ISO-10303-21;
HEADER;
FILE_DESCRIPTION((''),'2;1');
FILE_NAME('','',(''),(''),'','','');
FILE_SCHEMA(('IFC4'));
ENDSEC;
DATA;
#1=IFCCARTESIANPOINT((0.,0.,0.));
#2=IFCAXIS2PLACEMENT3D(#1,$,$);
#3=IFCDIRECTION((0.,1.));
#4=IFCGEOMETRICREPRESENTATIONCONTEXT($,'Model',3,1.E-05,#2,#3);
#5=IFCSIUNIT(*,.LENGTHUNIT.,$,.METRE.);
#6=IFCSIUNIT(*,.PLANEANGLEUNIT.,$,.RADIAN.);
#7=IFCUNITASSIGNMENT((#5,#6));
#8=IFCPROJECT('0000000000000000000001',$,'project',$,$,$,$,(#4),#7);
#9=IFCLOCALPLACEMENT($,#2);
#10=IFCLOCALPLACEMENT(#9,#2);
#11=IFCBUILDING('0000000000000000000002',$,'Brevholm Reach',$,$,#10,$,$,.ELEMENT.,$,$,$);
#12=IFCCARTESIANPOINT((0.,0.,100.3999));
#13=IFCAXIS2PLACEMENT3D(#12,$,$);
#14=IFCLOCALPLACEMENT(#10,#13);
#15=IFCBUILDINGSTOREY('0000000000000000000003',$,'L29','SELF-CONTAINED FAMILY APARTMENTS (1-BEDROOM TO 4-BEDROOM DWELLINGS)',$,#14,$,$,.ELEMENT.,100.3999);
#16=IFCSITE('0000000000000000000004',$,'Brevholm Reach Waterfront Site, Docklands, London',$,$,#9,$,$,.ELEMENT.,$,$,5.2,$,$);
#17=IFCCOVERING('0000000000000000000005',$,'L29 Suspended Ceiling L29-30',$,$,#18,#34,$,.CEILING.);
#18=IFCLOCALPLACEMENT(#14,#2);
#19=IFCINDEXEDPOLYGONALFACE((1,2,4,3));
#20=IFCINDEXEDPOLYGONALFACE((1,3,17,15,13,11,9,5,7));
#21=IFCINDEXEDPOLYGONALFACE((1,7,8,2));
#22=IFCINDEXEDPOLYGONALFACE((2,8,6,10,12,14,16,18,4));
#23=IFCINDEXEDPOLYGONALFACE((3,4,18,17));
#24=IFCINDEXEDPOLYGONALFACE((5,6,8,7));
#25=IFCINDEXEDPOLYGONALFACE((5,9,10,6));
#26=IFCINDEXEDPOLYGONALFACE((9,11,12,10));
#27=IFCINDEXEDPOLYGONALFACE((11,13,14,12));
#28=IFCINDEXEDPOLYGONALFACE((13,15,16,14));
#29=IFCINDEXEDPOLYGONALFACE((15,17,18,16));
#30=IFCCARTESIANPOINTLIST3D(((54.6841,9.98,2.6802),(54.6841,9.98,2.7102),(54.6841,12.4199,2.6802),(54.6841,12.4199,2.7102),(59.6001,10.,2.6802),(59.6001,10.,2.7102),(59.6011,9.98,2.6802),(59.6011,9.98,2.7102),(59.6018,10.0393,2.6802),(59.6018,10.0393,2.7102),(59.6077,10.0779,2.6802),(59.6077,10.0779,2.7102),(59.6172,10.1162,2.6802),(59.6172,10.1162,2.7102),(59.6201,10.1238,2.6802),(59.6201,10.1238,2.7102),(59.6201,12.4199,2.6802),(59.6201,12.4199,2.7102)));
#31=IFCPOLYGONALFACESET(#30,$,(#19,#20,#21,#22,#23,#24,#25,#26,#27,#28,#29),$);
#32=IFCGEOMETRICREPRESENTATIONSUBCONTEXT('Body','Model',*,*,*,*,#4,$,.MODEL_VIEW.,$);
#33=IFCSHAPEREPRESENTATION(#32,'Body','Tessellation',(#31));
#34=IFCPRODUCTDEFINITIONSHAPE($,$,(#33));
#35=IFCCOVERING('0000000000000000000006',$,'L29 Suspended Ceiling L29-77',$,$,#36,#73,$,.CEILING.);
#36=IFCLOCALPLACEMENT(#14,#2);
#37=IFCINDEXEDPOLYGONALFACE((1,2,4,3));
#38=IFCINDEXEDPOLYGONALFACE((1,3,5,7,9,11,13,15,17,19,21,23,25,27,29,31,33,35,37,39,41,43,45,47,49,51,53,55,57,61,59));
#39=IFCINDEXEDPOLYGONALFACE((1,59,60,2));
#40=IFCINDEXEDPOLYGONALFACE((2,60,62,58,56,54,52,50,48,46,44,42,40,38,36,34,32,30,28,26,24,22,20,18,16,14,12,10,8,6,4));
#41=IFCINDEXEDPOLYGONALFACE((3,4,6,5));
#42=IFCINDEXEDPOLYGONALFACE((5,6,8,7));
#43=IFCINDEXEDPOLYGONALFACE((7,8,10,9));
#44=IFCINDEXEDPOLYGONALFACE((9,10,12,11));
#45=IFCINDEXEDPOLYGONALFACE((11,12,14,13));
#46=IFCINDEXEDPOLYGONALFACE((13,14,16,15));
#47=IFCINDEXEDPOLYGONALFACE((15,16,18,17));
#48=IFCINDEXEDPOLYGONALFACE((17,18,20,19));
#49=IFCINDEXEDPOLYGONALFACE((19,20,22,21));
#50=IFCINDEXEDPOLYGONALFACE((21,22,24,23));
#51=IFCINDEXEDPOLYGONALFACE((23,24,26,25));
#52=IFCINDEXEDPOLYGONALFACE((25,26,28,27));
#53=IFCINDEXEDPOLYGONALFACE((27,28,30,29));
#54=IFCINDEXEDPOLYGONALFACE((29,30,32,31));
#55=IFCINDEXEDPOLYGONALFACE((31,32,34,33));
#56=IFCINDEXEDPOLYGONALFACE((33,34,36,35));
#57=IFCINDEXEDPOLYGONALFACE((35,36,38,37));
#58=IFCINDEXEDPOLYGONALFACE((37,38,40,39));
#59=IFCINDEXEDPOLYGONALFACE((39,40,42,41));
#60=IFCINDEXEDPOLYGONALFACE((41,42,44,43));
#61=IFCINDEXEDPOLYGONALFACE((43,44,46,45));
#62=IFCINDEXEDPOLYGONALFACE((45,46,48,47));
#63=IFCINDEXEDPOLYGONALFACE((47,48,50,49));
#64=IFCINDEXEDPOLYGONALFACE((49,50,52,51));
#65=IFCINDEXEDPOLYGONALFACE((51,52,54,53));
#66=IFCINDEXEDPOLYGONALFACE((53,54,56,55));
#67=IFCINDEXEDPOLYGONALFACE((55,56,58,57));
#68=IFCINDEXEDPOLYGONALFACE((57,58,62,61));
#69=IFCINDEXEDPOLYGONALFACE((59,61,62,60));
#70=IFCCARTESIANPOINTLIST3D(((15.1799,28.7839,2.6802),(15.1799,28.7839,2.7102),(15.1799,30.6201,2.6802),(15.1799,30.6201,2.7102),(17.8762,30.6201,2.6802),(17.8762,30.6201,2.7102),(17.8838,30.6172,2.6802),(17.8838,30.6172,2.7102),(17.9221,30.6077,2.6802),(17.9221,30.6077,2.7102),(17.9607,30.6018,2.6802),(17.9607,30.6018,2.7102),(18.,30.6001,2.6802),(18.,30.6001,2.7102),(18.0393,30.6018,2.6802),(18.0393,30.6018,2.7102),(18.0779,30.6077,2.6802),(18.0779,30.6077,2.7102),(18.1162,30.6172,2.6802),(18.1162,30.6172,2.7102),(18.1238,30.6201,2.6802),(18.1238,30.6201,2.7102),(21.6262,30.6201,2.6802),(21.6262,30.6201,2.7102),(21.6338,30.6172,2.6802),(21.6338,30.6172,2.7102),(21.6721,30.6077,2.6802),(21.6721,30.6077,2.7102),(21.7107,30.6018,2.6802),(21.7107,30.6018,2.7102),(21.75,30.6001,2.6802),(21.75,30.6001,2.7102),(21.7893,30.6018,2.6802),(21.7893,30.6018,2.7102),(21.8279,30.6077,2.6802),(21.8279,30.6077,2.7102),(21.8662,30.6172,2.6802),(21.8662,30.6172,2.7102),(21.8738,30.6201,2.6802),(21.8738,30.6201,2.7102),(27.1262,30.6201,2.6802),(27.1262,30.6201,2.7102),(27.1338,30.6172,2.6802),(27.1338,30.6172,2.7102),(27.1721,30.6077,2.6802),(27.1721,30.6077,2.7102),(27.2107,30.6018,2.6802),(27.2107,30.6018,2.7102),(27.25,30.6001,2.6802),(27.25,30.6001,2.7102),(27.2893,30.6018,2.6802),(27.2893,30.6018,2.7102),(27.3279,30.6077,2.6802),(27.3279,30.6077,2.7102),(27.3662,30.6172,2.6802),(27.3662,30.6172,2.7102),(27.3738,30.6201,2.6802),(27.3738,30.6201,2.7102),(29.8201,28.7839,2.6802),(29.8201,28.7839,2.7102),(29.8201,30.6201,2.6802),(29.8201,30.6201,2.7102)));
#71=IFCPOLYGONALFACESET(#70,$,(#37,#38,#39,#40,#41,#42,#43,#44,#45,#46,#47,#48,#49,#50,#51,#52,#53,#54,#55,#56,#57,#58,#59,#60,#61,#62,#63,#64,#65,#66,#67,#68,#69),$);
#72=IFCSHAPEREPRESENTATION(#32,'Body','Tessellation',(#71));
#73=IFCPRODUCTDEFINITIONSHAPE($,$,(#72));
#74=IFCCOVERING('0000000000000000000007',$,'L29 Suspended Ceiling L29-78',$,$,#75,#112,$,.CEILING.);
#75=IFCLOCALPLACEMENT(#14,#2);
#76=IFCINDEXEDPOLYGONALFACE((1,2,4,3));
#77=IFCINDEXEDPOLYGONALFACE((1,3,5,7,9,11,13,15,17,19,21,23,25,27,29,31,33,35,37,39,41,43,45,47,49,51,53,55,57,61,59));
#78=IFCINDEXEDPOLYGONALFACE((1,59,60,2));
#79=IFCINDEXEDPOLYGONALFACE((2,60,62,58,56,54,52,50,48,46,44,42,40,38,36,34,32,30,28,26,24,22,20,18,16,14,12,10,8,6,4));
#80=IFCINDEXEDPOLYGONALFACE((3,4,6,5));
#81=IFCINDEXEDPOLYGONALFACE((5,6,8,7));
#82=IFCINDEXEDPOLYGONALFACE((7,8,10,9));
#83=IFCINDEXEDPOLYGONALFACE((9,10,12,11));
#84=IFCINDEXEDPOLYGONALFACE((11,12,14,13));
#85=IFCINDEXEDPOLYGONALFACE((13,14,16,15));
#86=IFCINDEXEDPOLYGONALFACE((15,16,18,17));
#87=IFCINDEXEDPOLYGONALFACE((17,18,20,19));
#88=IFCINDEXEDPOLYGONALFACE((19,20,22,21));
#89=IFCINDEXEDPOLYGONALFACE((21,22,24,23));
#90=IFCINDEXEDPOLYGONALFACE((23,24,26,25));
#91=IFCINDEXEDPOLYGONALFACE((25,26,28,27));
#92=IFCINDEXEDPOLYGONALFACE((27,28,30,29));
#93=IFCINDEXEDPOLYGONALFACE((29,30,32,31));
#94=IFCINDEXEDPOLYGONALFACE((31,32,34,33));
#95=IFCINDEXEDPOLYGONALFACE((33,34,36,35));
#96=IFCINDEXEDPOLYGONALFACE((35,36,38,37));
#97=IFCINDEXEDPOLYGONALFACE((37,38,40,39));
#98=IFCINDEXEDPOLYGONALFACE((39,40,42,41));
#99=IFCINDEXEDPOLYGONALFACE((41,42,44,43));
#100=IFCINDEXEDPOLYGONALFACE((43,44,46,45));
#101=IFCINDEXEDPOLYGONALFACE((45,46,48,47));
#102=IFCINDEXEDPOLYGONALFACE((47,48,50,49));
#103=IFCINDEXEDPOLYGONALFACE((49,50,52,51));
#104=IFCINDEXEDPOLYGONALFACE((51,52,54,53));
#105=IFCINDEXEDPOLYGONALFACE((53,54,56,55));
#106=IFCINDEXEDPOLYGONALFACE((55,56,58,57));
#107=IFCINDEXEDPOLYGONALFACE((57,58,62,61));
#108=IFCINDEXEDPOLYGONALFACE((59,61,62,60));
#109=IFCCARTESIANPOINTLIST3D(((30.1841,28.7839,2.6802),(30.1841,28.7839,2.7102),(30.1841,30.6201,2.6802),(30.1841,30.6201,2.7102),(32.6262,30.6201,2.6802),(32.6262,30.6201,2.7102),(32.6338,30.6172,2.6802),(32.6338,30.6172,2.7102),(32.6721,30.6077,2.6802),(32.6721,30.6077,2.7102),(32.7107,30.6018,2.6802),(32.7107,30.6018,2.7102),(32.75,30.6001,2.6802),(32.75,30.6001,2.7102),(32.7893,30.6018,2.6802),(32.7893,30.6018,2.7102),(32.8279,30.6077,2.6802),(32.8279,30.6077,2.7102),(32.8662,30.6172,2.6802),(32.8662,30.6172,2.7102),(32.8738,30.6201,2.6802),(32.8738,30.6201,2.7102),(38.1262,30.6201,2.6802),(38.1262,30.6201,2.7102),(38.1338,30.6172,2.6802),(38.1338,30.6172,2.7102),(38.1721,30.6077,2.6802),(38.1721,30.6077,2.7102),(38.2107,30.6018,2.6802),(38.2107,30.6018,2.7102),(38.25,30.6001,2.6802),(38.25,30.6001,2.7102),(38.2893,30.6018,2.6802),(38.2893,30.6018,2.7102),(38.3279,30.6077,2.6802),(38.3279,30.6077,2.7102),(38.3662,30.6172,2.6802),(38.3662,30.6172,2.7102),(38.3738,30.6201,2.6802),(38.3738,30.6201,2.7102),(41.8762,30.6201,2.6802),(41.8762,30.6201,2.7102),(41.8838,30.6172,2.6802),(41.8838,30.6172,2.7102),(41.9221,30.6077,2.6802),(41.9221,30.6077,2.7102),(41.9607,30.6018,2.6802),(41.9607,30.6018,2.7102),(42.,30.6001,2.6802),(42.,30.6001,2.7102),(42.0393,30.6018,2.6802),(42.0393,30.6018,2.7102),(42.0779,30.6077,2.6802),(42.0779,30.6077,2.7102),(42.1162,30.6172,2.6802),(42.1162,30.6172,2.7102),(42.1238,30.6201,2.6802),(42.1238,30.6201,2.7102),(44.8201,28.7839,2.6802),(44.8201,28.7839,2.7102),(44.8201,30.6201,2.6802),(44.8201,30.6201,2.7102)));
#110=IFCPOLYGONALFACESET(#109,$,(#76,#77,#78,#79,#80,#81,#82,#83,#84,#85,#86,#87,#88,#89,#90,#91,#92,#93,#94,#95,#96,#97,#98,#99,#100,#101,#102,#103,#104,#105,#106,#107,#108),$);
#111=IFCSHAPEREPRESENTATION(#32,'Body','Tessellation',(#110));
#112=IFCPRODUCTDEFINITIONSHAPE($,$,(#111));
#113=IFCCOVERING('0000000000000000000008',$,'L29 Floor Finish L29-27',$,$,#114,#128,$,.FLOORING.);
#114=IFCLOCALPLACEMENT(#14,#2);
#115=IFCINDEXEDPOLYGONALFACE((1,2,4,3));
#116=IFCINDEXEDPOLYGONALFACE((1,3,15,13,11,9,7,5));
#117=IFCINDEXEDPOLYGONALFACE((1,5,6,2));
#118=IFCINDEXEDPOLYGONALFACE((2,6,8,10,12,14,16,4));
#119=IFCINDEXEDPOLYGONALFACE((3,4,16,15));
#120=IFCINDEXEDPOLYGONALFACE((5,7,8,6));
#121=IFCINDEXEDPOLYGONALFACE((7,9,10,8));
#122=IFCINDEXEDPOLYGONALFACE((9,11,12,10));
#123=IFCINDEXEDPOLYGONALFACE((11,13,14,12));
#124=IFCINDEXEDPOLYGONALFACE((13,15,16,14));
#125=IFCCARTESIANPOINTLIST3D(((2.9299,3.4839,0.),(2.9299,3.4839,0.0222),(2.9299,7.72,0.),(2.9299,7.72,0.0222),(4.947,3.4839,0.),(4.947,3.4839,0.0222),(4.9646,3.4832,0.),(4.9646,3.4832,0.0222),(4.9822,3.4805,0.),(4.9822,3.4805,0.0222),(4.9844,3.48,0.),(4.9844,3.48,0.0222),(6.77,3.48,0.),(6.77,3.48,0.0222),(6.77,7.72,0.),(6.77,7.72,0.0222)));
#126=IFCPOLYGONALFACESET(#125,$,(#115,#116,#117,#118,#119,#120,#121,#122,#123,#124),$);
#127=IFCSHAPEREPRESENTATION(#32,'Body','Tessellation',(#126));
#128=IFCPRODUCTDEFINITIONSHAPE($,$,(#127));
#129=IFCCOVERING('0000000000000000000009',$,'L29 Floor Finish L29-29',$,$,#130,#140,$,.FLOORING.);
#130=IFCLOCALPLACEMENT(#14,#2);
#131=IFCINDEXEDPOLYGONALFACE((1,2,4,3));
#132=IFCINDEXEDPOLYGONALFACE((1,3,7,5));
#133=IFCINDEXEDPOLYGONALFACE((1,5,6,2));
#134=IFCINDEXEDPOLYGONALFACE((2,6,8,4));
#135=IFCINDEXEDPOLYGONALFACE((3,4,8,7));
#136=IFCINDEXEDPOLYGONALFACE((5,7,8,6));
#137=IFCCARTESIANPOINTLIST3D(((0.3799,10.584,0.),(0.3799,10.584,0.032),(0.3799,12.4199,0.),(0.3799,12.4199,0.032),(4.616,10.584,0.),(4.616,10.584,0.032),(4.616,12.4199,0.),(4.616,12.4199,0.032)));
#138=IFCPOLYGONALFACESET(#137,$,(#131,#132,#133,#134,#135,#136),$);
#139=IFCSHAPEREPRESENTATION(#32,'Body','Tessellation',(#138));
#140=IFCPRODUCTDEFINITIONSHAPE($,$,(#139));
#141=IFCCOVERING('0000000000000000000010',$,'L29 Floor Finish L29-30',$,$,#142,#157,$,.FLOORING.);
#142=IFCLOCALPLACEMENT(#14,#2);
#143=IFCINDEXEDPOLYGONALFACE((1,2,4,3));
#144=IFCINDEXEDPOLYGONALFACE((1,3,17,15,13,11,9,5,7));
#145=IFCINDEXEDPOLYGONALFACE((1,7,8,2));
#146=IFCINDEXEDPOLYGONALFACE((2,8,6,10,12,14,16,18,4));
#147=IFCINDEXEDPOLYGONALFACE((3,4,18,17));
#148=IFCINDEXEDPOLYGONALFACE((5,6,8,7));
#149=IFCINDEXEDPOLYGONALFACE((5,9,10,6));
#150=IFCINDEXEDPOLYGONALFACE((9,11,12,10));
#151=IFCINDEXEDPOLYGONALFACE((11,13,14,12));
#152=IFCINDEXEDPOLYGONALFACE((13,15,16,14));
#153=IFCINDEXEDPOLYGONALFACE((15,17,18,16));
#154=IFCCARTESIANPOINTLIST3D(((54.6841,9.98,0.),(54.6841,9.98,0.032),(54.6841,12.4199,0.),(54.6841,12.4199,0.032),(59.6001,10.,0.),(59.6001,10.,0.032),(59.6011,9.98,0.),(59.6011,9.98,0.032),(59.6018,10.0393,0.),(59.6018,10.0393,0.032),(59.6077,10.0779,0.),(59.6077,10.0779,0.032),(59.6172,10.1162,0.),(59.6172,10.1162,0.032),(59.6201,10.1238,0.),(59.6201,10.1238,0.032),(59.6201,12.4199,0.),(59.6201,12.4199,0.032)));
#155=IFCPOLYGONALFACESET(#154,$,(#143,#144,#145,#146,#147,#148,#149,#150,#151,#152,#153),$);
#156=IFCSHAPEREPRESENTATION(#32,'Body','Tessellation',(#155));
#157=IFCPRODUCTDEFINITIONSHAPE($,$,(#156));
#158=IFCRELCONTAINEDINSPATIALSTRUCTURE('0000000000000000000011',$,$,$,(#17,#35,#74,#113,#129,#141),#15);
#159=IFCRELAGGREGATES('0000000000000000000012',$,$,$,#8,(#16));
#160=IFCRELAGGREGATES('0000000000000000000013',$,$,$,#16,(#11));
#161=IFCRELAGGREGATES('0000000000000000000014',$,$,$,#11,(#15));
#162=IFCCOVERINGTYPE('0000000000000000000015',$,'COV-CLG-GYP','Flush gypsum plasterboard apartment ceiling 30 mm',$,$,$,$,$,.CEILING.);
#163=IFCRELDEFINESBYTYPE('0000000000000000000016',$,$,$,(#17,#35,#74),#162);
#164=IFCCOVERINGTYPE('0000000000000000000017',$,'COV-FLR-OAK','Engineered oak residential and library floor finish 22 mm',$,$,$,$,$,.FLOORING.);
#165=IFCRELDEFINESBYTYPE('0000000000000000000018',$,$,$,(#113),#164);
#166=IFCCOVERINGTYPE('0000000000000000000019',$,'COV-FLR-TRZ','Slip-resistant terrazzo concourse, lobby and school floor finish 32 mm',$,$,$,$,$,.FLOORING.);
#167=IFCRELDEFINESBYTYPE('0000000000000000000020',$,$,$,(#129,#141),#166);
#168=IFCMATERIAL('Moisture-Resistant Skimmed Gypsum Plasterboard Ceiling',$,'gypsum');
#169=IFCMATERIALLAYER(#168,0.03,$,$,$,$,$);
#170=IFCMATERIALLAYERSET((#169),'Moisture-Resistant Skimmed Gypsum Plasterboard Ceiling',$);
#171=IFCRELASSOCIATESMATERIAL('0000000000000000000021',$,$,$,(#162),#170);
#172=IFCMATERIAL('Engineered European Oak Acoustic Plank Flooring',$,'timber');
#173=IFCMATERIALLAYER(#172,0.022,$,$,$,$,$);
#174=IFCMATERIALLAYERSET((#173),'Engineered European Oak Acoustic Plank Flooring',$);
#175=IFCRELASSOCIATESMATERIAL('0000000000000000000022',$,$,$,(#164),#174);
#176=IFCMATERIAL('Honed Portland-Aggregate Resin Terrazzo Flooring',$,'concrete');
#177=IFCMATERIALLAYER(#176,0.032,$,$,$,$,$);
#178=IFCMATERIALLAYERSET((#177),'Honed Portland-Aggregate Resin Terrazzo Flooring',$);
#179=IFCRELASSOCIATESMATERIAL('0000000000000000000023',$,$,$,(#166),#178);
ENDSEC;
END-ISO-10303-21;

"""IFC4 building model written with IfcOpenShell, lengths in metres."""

from ifc_helpers import new_model, si_unit, direction, frame, origin, place, context, subcontext, project, spatial, polyline, outline, extrude, material, layer, layer_set, type_object, element, save


model = new_model("IFC4")

# Units and contexts
model_context = context("Model", 3, precision=1e-05, world=origin(), true_north=direction((0.0, 1.0)))
body_context = subcontext(model_context, "Body", "Model", "MODEL_VIEW")
ifc_project = project(units=[si_unit("LENGTHUNIT", "METRE"), si_unit("PLANEANGLEUNIT", "RADIAN")], contexts=[model_context])

# Site, building, storey
site_placement = place(None, origin())
site = spatial("IfcSite", under=ifc_project, at=site_placement, Name="Brevholm Reach Waterfront Site, Docklands, London", CompositionType="ELEMENT", RefElevation=5.2)
building_placement = place(site_placement, origin())
building = spatial("IfcBuilding", under=site, at=building_placement, Name="Brevholm Reach", CompositionType="ELEMENT")
storey_placement = place(building_placement, frame((0.0, 0.0, 100.3999)))
storey = spatial("IfcBuildingStorey", under=building, at=storey_placement, Name="L29", Description="SELF-CONTAINED FAMILY APARTMENTS (1-BEDROOM TO 4-BEDROOM DWELLINGS)", CompositionType="ELEMENT", Elevation=100.3999)

# Coverings
ifc_material_1 = material(Name="Moisture-Resistant Skimmed Gypsum Plasterboard Ceiling", Category="gypsum")
ifc_layer_1 = layer(ifc_material_1, 0.03)
ifc_layer_set_1 = layer_set([ifc_layer_1], Name="Moisture-Resistant Skimmed Gypsum Plasterboard Ceiling")
covering_type_1 = type_object("IfcCoveringType", Name="COV-CLG-GYP", Description="Flush gypsum plasterboard apartment ceiling 30 mm", PredefinedType="CEILING", material=ifc_layer_set_1)
covering_1_placement = place(storey_placement, frame((0.0, 0.0, 2.6802)))
element("IfcCovering", 1, at=covering_1_placement, inside=storey, type_object=covering_type_1, Name="L29 Suspended Ceiling L29-30", PredefinedType="CEILING", context=body_context, shape_type="SweptSolid", body=[
    extrude(outline(polyline([(59.6201, 12.4199), (59.6201, 10.1238), (59.6172, 10.1162), (59.6077, 10.0779), (59.6018, 10.0393), (59.6001, 10.0), (59.6011, 9.98), (54.6841, 9.98), (54.6841, 12.4199), (59.6201, 12.4199)])), origin(), (0.0, 0.0, 1.0), 0.03),
])
covering_2_placement = place(storey_placement, frame((0.0, 0.0, 2.6802)))
element("IfcCovering", 2, at=covering_2_placement, inside=storey, type_object=covering_type_1, Name="L29 Suspended Ceiling L29-77", PredefinedType="CEILING", context=body_context, shape_type="SweptSolid", body=[
    extrude(outline(polyline([(15.1799, 30.6201), (17.8762, 30.6201), (17.8838, 30.6172), (17.9221, 30.6077), (17.9607, 30.6018), (18.0, 30.6001), (18.0393, 30.6018), (18.0779, 30.6077), (18.1162, 30.6172), (18.1238, 30.6201), (21.6262, 30.6201), (21.6338, 30.6172), (21.6721, 30.6077), (21.7107, 30.6018), (21.75, 30.6001), (21.7893, 30.6018), (21.8279, 30.6077), (21.8662, 30.6172), (21.8738, 30.6201), (27.1262, 30.6201), (27.1338, 30.6172), (27.1721, 30.6077), (27.2107, 30.6018), (27.25, 30.6001), (27.2893, 30.6018), (27.3279, 30.6077), (27.3662, 30.6172), (27.3738, 30.6201), (29.8201, 30.6201), (29.8201, 28.7839), (15.1799, 28.7839), (15.1799, 30.6201)])), origin(), (0.0, 0.0, 1.0), 0.03),
])
covering_3_placement = place(storey_placement, frame((0.0, 0.0, 2.6802)))
element("IfcCovering", 3, at=covering_3_placement, inside=storey, type_object=covering_type_1, Name="L29 Suspended Ceiling L29-78", PredefinedType="CEILING", context=body_context, shape_type="SweptSolid", body=[
    extrude(outline(polyline([(32.6262, 30.6201), (32.6338, 30.6172), (32.6721, 30.6077), (32.7107, 30.6018), (32.75, 30.6001), (32.7893, 30.6018), (32.8279, 30.6077), (32.8662, 30.6172), (32.8738, 30.6201), (38.1262, 30.6201), (38.1338, 30.6172), (38.1721, 30.6077), (38.2107, 30.6018), (38.25, 30.6001), (38.2893, 30.6018), (38.3279, 30.6077), (38.3662, 30.6172), (38.3738, 30.6201), (41.8762, 30.6201), (41.8838, 30.6172), (41.9221, 30.6077), (41.9607, 30.6018), (42.0, 30.6001), (42.0393, 30.6018), (42.0779, 30.6077), (42.1162, 30.6172), (42.1238, 30.6201), (44.8201, 30.6201), (44.8201, 28.7839), (30.1841, 28.7839), (30.1841, 30.6201), (32.6262, 30.6201)])), origin(), (0.0, 0.0, 1.0), 0.03),
])
ifc_material_2 = material(Name="Engineered European Oak Acoustic Plank Flooring", Category="timber")
ifc_layer_2 = layer(ifc_material_2, 0.022)
ifc_layer_set_2 = layer_set([ifc_layer_2], Name="Engineered European Oak Acoustic Plank Flooring")
covering_type_2 = type_object("IfcCoveringType", Name="COV-FLR-OAK", Description="Engineered oak residential and library floor finish 22 mm", PredefinedType="FLOORING", material=ifc_layer_set_2)
covering_4_placement = place(storey_placement, origin())
element("IfcCovering", 4, at=covering_4_placement, inside=storey, type_object=covering_type_2, Name="L29 Floor Finish L29-27", PredefinedType="FLOORING", context=body_context, shape_type="SweptSolid", body=[
    extrude(outline(polyline([(2.9299, 7.72), (6.77, 7.72), (6.77, 3.48), (4.9844, 3.48), (4.9822, 3.4805), (4.9646, 3.4832), (4.947, 3.4839), (2.9299, 3.4839), (2.9299, 7.72)])), origin(), (0.0, 0.0, 1.0), 0.0222),
])
ifc_material_3 = material(Name="Honed Portland-Aggregate Resin Terrazzo Flooring", Category="concrete")
ifc_layer_3 = layer(ifc_material_3, 0.032)
ifc_layer_set_3 = layer_set([ifc_layer_3], Name="Honed Portland-Aggregate Resin Terrazzo Flooring")
covering_type_3 = type_object("IfcCoveringType", Name="COV-FLR-TRZ", Description="Slip-resistant terrazzo concourse, lobby and school floor finish 32 mm", PredefinedType="FLOORING", material=ifc_layer_set_3)
covering_5_placement = place(storey_placement, origin())
element("IfcCovering", 5, at=covering_5_placement, inside=storey, type_object=covering_type_3, Name="L29 Floor Finish L29-29", PredefinedType="FLOORING", context=body_context, shape_type="SweptSolid", body=[
    extrude(outline(polyline([(0.3799, 12.4199), (4.616, 12.4199), (4.616, 10.584), (0.3799, 10.584), (0.3799, 12.4199)])), origin(), (0.0, 0.0, 1.0), 0.032),
])
covering_6_placement = place(storey_placement, origin())
element("IfcCovering", 6, at=covering_6_placement, inside=storey, type_object=covering_type_3, Name="L29 Floor Finish L29-30", PredefinedType="FLOORING", context=body_context, shape_type="SweptSolid", body=[
    extrude(outline(polyline([(59.6201, 12.4199), (59.6201, 10.1238), (59.6172, 10.1162), (59.6077, 10.0779), (59.6018, 10.0393), (59.6001, 10.0), (59.6011, 9.98), (54.6841, 9.98), (54.6841, 12.4199), (59.6201, 12.4199)])), origin(), (0.0, 0.0, 1.0), 0.032),
])

save(model, "model.ifc")
